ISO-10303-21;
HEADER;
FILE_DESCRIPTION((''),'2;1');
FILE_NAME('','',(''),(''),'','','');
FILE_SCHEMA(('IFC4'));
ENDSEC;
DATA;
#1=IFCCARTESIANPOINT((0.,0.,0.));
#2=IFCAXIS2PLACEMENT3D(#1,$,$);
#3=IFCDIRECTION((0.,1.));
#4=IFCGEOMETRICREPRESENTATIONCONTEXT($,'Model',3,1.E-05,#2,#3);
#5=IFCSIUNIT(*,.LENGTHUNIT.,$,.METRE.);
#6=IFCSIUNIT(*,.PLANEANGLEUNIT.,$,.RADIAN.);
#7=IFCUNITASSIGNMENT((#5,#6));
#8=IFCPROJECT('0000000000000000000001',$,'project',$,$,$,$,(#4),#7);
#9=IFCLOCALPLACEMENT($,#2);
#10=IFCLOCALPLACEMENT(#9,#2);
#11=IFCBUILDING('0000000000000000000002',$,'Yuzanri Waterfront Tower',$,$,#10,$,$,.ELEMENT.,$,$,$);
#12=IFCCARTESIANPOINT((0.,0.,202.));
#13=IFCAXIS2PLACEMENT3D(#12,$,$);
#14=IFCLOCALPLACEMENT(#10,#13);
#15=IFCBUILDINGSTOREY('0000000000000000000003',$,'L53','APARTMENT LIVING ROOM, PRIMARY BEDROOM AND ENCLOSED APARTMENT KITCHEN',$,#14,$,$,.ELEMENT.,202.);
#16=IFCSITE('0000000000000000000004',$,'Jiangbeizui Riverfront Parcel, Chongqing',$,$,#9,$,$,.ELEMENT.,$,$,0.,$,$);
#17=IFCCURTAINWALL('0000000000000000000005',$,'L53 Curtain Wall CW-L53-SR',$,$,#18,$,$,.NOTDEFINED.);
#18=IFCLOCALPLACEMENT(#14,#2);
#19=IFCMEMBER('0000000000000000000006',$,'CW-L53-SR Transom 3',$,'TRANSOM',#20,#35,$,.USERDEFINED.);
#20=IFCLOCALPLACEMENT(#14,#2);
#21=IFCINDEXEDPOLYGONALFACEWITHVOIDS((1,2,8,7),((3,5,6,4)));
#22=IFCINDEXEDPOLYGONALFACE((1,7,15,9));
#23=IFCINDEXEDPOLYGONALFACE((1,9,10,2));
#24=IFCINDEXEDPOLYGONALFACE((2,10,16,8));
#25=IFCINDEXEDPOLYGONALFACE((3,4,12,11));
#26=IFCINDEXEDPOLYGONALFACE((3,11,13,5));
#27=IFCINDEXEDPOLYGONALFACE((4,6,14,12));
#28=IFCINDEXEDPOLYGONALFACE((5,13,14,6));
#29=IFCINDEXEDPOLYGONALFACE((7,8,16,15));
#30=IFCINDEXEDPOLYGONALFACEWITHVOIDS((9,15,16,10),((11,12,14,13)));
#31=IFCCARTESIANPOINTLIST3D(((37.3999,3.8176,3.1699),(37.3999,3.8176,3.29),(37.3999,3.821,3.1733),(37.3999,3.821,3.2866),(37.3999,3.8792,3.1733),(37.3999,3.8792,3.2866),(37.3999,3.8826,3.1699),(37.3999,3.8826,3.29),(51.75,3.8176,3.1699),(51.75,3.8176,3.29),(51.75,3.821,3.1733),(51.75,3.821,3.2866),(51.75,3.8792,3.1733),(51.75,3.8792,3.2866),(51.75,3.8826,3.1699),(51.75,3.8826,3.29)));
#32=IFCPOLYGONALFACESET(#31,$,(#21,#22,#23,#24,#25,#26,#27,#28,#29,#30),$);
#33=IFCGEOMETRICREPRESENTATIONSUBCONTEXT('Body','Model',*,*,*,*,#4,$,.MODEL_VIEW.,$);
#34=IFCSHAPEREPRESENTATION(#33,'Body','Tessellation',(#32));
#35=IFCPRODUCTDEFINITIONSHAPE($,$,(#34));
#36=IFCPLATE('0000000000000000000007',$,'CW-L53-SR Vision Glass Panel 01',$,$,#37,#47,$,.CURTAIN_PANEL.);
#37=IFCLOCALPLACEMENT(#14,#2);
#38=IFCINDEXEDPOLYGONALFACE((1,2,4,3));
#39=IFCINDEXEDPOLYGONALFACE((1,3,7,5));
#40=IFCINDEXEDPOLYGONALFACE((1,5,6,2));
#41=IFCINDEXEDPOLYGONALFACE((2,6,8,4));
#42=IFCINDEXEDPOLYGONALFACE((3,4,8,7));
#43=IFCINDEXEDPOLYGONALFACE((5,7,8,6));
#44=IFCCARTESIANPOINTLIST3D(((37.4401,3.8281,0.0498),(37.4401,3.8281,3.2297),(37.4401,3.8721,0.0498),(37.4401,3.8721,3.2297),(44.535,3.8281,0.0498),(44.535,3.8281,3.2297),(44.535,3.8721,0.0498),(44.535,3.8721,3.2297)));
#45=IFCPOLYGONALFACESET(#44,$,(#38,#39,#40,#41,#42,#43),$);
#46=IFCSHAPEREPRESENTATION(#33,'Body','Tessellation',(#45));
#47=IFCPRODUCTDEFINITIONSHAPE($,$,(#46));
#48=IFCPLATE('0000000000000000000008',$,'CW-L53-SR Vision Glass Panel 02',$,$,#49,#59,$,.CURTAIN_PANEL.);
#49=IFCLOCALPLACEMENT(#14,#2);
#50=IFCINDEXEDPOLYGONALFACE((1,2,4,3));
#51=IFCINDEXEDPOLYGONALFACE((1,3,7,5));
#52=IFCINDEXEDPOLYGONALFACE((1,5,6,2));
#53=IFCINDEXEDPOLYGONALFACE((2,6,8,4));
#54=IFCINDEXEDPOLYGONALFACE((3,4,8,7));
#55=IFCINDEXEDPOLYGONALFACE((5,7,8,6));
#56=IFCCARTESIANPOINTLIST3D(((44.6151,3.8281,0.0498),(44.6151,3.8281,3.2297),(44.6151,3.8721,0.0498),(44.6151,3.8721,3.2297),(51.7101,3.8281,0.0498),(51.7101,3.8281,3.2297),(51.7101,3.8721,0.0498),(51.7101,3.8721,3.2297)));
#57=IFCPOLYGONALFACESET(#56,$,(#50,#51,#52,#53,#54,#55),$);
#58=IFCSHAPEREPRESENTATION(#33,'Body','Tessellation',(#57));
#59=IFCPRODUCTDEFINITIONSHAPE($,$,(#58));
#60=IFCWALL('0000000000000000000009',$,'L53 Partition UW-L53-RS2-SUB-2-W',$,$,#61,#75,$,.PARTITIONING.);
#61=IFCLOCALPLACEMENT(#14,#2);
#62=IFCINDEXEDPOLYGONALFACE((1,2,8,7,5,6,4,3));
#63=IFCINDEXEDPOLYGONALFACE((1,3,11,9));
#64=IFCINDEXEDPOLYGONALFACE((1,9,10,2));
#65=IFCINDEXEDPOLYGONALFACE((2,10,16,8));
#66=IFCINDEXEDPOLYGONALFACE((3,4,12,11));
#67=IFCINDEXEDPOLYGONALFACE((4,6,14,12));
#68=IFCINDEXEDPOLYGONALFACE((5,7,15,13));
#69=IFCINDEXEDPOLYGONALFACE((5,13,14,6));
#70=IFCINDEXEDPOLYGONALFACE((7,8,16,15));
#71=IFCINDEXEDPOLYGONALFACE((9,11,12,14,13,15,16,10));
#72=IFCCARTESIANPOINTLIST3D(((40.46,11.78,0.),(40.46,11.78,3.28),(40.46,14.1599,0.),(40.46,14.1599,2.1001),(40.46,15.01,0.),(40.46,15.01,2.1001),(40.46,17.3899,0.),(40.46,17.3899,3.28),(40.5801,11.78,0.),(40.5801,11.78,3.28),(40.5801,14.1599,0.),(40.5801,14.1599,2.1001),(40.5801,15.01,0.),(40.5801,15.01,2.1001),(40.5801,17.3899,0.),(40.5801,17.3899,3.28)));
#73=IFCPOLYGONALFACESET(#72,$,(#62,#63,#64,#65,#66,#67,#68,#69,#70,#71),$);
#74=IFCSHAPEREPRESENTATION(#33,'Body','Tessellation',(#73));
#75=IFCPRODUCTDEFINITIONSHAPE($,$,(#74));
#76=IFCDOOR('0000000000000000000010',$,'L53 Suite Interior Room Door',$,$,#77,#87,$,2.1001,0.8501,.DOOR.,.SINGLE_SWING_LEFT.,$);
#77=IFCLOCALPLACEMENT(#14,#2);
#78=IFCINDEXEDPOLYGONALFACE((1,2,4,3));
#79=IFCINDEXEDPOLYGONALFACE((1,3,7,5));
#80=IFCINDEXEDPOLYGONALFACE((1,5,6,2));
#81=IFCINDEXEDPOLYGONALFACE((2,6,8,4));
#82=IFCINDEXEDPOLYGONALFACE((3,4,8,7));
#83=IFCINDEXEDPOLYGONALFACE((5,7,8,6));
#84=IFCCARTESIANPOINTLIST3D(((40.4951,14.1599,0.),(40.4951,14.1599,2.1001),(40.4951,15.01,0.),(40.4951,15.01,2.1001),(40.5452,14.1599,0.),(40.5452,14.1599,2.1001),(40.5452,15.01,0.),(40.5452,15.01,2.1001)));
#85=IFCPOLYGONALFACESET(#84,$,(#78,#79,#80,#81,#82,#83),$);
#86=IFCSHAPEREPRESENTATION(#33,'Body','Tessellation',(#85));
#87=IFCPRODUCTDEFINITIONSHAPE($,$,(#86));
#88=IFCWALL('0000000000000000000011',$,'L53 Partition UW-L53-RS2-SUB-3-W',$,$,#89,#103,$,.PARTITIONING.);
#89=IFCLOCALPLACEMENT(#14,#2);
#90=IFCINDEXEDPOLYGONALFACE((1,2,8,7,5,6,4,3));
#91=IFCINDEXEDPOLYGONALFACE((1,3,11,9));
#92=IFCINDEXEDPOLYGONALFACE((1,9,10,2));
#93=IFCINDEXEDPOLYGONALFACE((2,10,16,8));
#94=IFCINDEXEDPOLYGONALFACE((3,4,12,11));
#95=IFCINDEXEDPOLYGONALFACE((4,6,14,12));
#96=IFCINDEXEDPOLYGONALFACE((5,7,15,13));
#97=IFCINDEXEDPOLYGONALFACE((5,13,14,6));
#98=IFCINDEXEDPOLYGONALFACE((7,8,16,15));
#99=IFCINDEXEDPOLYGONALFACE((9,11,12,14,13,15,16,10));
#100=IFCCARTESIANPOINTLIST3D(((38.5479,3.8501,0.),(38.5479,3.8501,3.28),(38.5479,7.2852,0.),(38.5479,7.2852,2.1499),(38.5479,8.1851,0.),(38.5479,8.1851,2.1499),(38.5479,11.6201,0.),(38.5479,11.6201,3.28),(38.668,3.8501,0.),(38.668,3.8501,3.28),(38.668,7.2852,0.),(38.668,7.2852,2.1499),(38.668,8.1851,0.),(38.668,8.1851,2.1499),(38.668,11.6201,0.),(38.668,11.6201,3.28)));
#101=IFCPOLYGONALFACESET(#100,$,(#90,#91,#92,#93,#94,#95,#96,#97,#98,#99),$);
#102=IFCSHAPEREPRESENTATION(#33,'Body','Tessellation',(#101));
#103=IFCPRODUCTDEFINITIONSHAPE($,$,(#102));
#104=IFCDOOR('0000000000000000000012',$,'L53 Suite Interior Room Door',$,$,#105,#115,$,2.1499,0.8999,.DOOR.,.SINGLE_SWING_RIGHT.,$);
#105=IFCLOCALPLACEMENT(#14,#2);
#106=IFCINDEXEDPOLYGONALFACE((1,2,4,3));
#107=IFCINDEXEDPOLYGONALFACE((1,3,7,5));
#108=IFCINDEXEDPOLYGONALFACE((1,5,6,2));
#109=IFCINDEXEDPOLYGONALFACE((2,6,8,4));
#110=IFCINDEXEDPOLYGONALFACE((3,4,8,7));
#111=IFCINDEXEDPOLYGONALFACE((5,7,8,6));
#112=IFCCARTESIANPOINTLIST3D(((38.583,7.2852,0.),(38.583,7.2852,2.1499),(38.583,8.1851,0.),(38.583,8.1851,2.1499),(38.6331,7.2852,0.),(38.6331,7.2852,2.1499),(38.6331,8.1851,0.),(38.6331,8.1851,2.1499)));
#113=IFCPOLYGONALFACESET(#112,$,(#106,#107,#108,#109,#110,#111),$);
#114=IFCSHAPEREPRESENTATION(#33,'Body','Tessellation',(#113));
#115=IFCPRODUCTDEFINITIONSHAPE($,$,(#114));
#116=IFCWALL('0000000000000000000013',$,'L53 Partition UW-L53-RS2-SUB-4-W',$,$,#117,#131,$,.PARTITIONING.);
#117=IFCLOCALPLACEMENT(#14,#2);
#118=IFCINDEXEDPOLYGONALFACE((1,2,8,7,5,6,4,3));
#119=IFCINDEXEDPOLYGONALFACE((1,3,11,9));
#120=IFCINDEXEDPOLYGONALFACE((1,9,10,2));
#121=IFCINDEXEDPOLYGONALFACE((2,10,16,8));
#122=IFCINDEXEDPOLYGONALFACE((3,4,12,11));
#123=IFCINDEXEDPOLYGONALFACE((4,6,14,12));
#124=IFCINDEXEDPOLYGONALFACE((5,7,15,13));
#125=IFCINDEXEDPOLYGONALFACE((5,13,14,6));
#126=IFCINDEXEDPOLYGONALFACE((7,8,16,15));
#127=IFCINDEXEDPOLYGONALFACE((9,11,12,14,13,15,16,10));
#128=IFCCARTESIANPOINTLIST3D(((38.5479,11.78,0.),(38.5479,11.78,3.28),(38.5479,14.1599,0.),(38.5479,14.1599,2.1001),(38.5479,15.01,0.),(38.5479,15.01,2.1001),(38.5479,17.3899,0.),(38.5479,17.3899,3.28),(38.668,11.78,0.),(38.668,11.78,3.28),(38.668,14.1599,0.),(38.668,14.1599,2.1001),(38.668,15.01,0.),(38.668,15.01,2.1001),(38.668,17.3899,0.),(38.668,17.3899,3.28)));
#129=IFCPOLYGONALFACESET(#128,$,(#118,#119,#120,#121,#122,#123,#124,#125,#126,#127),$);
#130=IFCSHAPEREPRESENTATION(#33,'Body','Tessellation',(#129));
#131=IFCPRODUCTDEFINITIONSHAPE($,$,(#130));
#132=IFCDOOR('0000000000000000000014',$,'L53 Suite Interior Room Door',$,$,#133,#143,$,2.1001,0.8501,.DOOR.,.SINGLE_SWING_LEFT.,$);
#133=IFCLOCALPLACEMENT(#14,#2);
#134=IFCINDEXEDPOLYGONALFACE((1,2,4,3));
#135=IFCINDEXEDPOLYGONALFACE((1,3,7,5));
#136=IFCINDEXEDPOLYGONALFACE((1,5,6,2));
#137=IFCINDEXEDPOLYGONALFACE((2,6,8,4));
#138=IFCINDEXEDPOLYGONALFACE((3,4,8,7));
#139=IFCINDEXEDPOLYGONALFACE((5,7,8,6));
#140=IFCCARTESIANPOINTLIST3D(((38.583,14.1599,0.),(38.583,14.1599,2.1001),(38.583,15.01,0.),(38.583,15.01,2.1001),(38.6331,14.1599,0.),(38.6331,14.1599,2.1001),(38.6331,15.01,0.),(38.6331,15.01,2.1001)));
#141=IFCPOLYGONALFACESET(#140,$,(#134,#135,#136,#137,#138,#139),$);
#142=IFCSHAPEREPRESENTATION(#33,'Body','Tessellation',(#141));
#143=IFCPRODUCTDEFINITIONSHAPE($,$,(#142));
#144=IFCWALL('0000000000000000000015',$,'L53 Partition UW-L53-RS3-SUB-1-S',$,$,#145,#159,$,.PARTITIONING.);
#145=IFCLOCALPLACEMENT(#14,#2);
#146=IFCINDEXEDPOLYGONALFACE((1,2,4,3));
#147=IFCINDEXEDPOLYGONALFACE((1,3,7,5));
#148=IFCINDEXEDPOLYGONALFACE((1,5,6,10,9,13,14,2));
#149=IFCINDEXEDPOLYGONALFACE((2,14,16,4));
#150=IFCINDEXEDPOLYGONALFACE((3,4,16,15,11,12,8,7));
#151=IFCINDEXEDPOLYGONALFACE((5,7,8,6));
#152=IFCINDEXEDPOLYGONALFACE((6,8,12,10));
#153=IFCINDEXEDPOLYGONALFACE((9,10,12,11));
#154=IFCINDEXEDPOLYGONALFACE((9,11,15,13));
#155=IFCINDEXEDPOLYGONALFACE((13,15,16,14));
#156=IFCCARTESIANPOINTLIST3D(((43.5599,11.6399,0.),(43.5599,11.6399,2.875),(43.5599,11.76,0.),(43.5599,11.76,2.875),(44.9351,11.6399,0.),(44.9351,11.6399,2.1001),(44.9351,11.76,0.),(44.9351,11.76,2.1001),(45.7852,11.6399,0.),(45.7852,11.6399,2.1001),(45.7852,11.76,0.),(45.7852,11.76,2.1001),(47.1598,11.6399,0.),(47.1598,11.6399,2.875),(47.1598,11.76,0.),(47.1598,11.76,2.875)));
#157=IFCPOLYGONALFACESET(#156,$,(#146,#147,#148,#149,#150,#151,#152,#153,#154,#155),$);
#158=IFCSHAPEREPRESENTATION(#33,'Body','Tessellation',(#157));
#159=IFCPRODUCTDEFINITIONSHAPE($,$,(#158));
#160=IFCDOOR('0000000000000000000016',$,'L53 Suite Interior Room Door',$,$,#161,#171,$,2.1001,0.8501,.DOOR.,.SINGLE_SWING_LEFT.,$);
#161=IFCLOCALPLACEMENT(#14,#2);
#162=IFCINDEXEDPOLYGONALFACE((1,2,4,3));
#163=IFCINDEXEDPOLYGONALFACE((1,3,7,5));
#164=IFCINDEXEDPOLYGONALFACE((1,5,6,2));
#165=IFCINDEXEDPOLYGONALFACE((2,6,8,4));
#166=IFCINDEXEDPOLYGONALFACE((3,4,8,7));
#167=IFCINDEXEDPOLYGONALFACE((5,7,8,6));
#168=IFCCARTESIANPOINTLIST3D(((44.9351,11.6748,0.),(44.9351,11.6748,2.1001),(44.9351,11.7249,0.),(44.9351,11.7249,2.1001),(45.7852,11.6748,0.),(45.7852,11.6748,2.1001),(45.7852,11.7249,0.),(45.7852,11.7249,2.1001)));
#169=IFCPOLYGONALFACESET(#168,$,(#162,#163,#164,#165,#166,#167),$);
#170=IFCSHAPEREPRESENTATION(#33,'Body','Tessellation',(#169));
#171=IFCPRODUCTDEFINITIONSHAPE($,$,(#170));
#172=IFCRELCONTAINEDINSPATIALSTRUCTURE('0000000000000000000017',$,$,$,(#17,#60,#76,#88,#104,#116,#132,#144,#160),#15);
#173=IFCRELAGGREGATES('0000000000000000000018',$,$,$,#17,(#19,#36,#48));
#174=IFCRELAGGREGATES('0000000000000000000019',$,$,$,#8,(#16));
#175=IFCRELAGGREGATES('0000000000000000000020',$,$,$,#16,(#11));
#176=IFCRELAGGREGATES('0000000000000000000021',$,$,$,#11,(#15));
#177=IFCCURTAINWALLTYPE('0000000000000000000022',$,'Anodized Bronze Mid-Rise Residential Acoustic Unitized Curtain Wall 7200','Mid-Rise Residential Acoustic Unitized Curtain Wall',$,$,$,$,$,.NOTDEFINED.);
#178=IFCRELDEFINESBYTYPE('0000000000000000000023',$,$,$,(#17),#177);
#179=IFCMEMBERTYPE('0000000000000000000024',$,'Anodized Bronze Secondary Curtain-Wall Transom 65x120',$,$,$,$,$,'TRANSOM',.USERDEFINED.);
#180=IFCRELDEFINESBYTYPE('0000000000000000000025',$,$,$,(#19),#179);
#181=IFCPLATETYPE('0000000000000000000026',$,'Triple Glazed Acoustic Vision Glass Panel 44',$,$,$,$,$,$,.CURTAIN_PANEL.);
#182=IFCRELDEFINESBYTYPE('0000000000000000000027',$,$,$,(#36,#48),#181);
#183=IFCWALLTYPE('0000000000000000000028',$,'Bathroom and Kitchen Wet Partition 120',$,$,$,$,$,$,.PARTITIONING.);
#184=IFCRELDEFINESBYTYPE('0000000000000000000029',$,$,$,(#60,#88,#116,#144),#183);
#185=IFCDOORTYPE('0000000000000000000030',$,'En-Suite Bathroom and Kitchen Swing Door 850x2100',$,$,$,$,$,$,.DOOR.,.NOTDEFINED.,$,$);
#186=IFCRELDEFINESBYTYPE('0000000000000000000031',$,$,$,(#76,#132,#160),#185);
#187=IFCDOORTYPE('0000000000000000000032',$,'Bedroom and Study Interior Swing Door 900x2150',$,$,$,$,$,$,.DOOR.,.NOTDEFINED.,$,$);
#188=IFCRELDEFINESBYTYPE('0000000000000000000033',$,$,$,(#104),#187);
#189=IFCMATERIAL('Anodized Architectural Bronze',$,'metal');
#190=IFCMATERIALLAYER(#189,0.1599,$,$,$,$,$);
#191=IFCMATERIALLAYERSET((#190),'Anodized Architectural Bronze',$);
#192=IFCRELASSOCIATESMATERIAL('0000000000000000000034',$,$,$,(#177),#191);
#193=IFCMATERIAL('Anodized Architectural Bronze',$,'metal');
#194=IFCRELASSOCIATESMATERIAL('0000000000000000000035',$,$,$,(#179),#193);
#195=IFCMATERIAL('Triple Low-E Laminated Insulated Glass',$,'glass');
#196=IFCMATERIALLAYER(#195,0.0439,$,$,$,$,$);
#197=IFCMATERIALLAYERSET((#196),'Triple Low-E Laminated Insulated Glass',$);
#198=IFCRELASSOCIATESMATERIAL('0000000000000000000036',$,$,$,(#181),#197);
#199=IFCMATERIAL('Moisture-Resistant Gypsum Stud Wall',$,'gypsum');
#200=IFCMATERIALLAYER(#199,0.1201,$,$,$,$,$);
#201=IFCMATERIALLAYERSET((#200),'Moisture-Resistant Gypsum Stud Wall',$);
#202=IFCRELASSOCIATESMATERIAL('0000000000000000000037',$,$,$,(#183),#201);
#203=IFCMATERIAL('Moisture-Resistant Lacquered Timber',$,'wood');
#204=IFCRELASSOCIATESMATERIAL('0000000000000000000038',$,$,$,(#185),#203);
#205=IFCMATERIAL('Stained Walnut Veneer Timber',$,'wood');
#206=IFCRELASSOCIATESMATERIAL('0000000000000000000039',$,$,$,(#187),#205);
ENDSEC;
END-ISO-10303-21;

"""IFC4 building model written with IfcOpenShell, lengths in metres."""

from ifc_helpers import new_model, si_unit, direction, frame, frame_2d, origin, origin_2d, place, context, subcontext, project, spatial, rectangle, hollow_rectangle, extrude, source, transform, mapped, material, layer, layer_set, material_profile, profile_set, type_object, element, fill, aggregate, save


model = new_model("IFC4")

# Units and contexts
model_context = context("Model", 3, precision=1e-05, world=origin(), true_north=direction((0.0, 1.0)))
body_context = subcontext(model_context, "Body", "Model", "MODEL_VIEW")
ifc_project = project(units=[si_unit("LENGTHUNIT", "METRE"), si_unit("PLANEANGLEUNIT", "RADIAN")], contexts=[model_context])

# Site, building, storey
site_placement = place(None, origin())
site = spatial("IfcSite", under=ifc_project, at=site_placement, Name="Jiangbeizui Riverfront Parcel, Chongqing", CompositionType="ELEMENT", RefElevation=0.0)
building_placement = place(site_placement, origin())
building = spatial("IfcBuilding", under=site, at=building_placement, Name="Yuzanri Waterfront Tower", CompositionType="ELEMENT")
storey_placement = place(building_placement, frame((0.0, 0.0, 202.0)))
storey = spatial("IfcBuildingStorey", under=building, at=storey_placement, Name="L53", Description="APARTMENT LIVING ROOM, PRIMARY BEDROOM AND ENCLOSED APARTMENT KITCHEN", CompositionType="ELEMENT", Elevation=202.0)

# Curtain wall, member, plates
ifc_material_1 = material(Name="Anodized Architectural Bronze", Category="metal")
ifc_layer_1 = layer(ifc_material_1, 0.1599)
ifc_layer_set_1 = layer_set([ifc_layer_1], Name="Anodized Architectural Bronze")
curtain_wall_type = type_object("IfcCurtainWallType", Name="Anodized Bronze Mid-Rise Residential Acoustic Unitized Curtain Wall 7200", Description="Mid-Rise Residential Acoustic Unitized Curtain Wall", PredefinedType="NOTDEFINED", material=ifc_layer_set_1)
curtain_wall_placement = place(storey_placement, origin())
curtain_wall = element("IfcCurtainWall", 1, at=curtain_wall_placement, inside=storey, type_object=curtain_wall_type, Name="L53 Curtain Wall CW-L53-SR", PredefinedType="NOTDEFINED")
ifc_material_2 = material(Name="Anodized Architectural Bronze", Category="metal")
ifc_material_profile_1 = material_profile(ifc_material_2, hollow_rectangle(XDim=0.0649, YDim=0.1201, WallThickness=0.0034, at=origin_2d()), Name="CWT 65x120")
ifc_profile_set_1 = profile_set([ifc_material_profile_1], Name="Anodized Architectural Bronze")
member_type_1 = type_object("IfcMemberType", Name="Anodized Bronze Secondary Curtain-Wall Transom 65x120", ElementType="TRANSOM", PredefinedType="USERDEFINED", material=ifc_profile_set_1)
shared_shape_1 = source(origin(), body_context, "Body", "SweptSolid", [
    extrude(hollow_rectangle(XDim=0.0649, YDim=0.1201, WallThickness=0.0034, at=origin_2d()), origin(), (0.0, 0.0, 1.0), 14.3501),
])
member_1_placement = place(storey_placement, frame((37.3999, 3.8501, 3.23), z_axis=(1.0, 0.0, 0.0), x_axis=(0.0, 1.0, 0.0)))
member_1 = element("IfcMember", 2, at=member_1_placement, type_object=member_type_1, Name="CW-L53-SR Transom 3", ObjectType="TRANSOM", PredefinedType="USERDEFINED", context=body_context, shape_type="MappedRepresentation", body=[
    mapped(shared_shape_1, transform((0.0, 0.0, 0.0), scale=1.0)),
])
ifc_material_3 = material(Name="Triple Low-E Laminated Insulated Glass", Category="glass")
ifc_layer_2 = layer(ifc_material_3, 0.0439)
ifc_layer_set_2 = layer_set([ifc_layer_2], Name="Triple Low-E Laminated Insulated Glass")
plate_type = type_object("IfcPlateType", Name="Triple Glazed Acoustic Vision Glass Panel 44", PredefinedType="CURTAIN_PANEL", material=ifc_layer_set_2)
shared_shape_2 = source(origin(), body_context, "Body", "SweptSolid", [
    extrude(rectangle(XDim=7.095, YDim=0.0439, at=origin_2d()), origin(), (0.0, 0.0, 1.0), 3.1799),
])
plate_1_placement = place(storey_placement, frame((40.9875, 3.8501, 0.0498), z_axis=(0.0, 0.0, 1.0), x_axis=(1.0, 0.0, 0.0)))
plate_1 = element("IfcPlate", 3, at=plate_1_placement, type_object=plate_type, Name="CW-L53-SR Vision Glass Panel 01", PredefinedType="CURTAIN_PANEL", context=body_context, shape_type="MappedRepresentation", body=[
    mapped(shared_shape_2, transform((0.0, 0.0, 0.0), scale=1.0)),
])
plate_2_placement = place(storey_placement, frame((48.1626, 3.8501, 0.0498), z_axis=(0.0, 0.0, 1.0), x_axis=(1.0, 0.0, 0.0)))
plate_2 = element("IfcPlate", 4, at=plate_2_placement, type_object=plate_type, Name="CW-L53-SR Vision Glass Panel 02", PredefinedType="CURTAIN_PANEL", context=body_context, shape_type="MappedRepresentation", body=[
    mapped(shared_shape_2, transform((0.0, 0.0, 0.0), scale=1.0)),
])
aggregate(curtain_wall, [member_1, plate_1, plate_2])

# Walls, openings, doors
ifc_material_4 = material(Name="Moisture-Resistant Gypsum Stud Wall", Category="gypsum")
ifc_layer_3 = layer(ifc_material_4, 0.1201)
ifc_layer_set_3 = layer_set([ifc_layer_3], Name="Moisture-Resistant Gypsum Stud Wall")
wall_type_1 = type_object("IfcWallType", Name="Bathroom and Kitchen Wet Partition 120", PredefinedType="PARTITIONING", material=ifc_layer_set_3)
wall_1_placement = place(storey_placement, frame((40.52, 11.78, 0.0), z_axis=(0.0, 0.0, 1.0), x_axis=(0.0, 1.0, 0.0)))
wall_1 = element("IfcWall", 5, at=wall_1_placement, inside=storey, type_object=wall_type_1, Name="L53 Partition UW-L53-RS2-SUB-2-W", PredefinedType="PARTITIONING", context=body_context, shape_type="SweptSolid", body=[
    extrude(rectangle(XDim=5.6099, YDim=0.1201, at=frame_2d((2.8049, 0.0))), origin(), (0.0, 0.0, 1.0), 3.28),
])
opening_1_placement = place(wall_1_placement, frame((2.3799, 0.0, 0.0)))
opening_1 = element("IfcOpeningElement", 6, at=opening_1_placement, cuts=wall_1, PredefinedType="OPENING", context=body_context, shape_type="SweptSolid", body=[
    extrude(rectangle(XDim=0.8501, YDim=2.1001, at=frame_2d((0.425, 1.05))), frame((0.0, 0.075, 0.0), z_axis=(0.0, -1.0, 0.0), x_axis=(1.0, 0.0, 0.0)), (0.0, 0.0, 1.0), 0.1499),
])
ifc_material_5 = material(Name="Moisture-Resistant Lacquered Timber", Category="wood")
door_type_1 = type_object("IfcDoorType", Name="En-Suite Bathroom and Kitchen Swing Door 850x2100", OperationType="NOTDEFINED", PredefinedType="DOOR", material=ifc_material_5)
shared_shape_3 = source(origin(), body_context, "Body", "SweptSolid", [
    extrude(rectangle(XDim=0.8501, YDim=2.1001, at=frame_2d((0.425, 1.05))), frame((0.0, 0.0249, 0.0), z_axis=(0.0, -1.0, 0.0), x_axis=(1.0, 0.0, 0.0)), (0.0, 0.0, 1.0), 0.05),
])
door_1_placement = place(opening_1_placement, origin())
door_1 = element("IfcDoor", 7, at=door_1_placement, inside=storey, type_object=door_type_1, Name="L53 Suite Interior Room Door", OperationType="SINGLE_SWING_LEFT", OverallHeight=2.1001, OverallWidth=0.8501, PredefinedType="DOOR", context=body_context, shape_type="MappedRepresentation", body=[
    mapped(shared_shape_3, transform((0.0, 0.0, 0.0), scale=1.0)),
])
fill(opening_1, door_1)
wall_2_placement = place(storey_placement, frame((38.6079, 3.8501, 0.0), z_axis=(0.0, 0.0, 1.0), x_axis=(0.0, 1.0, 0.0)))
wall_2 = element("IfcWall", 8, at=wall_2_placement, inside=storey, type_object=wall_type_1, Name="L53 Partition UW-L53-RS2-SUB-3-W", PredefinedType="PARTITIONING", context=body_context, shape_type="SweptSolid", body=[
    extrude(rectangle(XDim=7.77, YDim=0.1201, at=frame_2d((3.885, 0.0))), origin(), (0.0, 0.0, 1.0), 3.28),
])
opening_2_placement = place(wall_2_placement, frame((3.4351, 0.0, 0.0)))
opening_2 = element("IfcOpeningElement", 9, at=opening_2_placement, cuts=wall_2, PredefinedType="OPENING", context=body_context, shape_type="SweptSolid", body=[
    extrude(rectangle(XDim=0.8999, YDim=2.1499, at=frame_2d((0.45, 1.075))), frame((0.0, 0.075, 0.0), z_axis=(0.0, -1.0, 0.0), x_axis=(1.0, 0.0, 0.0)), (0.0, 0.0, 1.0), 0.1499),
])
ifc_material_6 = material(Name="Stained Walnut Veneer Timber", Category="wood")
door_type_2 = type_object("IfcDoorType", Name="Bedroom and Study Interior Swing Door 900x2150", OperationType="NOTDEFINED", PredefinedType="DOOR", material=ifc_material_6)
shared_shape_4 = source(origin(), body_context, "Body", "SweptSolid", [
    extrude(rectangle(XDim=0.8999, YDim=2.1499, at=frame_2d((0.45, 1.075))), frame((0.0, 0.0249, 0.0), z_axis=(0.0, -1.0, 0.0), x_axis=(1.0, 0.0, 0.0)), (0.0, 0.0, 1.0), 0.05),
])
door_2_placement = place(opening_2_placement, origin())
door_2 = element("IfcDoor", 10, at=door_2_placement, inside=storey, type_object=door_type_2, Name="L53 Suite Interior Room Door", OperationType="SINGLE_SWING_RIGHT", OverallHeight=2.1499, OverallWidth=0.8999, PredefinedType="DOOR", context=body_context, shape_type="MappedRepresentation", body=[
    mapped(shared_shape_4, transform((0.0, 0.0, 0.0), scale=1.0)),
])
fill(opening_2, door_2)
wall_3_placement = place(storey_placement, frame((38.6079, 11.78, 0.0), z_axis=(0.0, 0.0, 1.0), x_axis=(0.0, 1.0, 0.0)))
wall_3 = element("IfcWall", 11, at=wall_3_placement, inside=storey, type_object=wall_type_1, Name="L53 Partition UW-L53-RS2-SUB-4-W", PredefinedType="PARTITIONING", context=body_context, shape_type="SweptSolid", body=[
    extrude(rectangle(XDim=5.6099, YDim=0.1201, at=frame_2d((2.8049, 0.0))), origin(), (0.0, 0.0, 1.0), 3.28),
])
opening_3_placement = place(wall_3_placement, frame((2.3799, 0.0, 0.0)))
opening_3 = element("IfcOpeningElement", 12, at=opening_3_placement, cuts=wall_3, PredefinedType="OPENING", context=body_context, shape_type="SweptSolid", body=[
    extrude(rectangle(XDim=0.8501, YDim=2.1001, at=frame_2d((0.425, 1.05))), frame((0.0, 0.075, 0.0), z_axis=(0.0, -1.0, 0.0), x_axis=(1.0, 0.0, 0.0)), (0.0, 0.0, 1.0), 0.1499),
])
door_3_placement = place(opening_3_placement, origin())
door_3 = element("IfcDoor", 13, at=door_3_placement, inside=storey, type_object=door_type_1, Name="L53 Suite Interior Room Door", OperationType="SINGLE_SWING_LEFT", OverallHeight=2.1001, OverallWidth=0.8501, PredefinedType="DOOR", context=body_context, shape_type="MappedRepresentation", body=[
    mapped(shared_shape_3, transform((0.0, 0.0, 0.0), scale=1.0)),
])
fill(opening_3, door_3)
wall_4_placement = place(storey_placement, frame((43.5601, 11.7, 0.0), z_axis=(0.0, 0.0, 1.0), x_axis=(1.0, 0.0, 0.0)))
wall_4 = element("IfcWall", 14, at=wall_4_placement, inside=storey, type_object=wall_type_1, Name="L53 Partition UW-L53-RS3-SUB-1-S", PredefinedType="PARTITIONING", context=body_context, shape_type="SweptSolid", body=[
    extrude(rectangle(XDim=3.5999, YDim=0.1201, at=frame_2d((1.7998, 0.0))), origin(), (0.0, 0.0, 1.0), 2.875),
])
opening_4_placement = place(wall_4_placement, frame((1.375, 0.0, 0.0)))
opening_4 = element("IfcOpeningElement", 15, at=opening_4_placement, cuts=wall_4, PredefinedType="OPENING", context=body_context, shape_type="SweptSolid", body=[
    extrude(rectangle(XDim=0.8501, YDim=2.1001, at=frame_2d((0.425, 1.05))), frame((0.0, 0.075, 0.0), z_axis=(0.0, -1.0, 0.0), x_axis=(1.0, 0.0, 0.0)), (0.0, 0.0, 1.0), 0.1499),
])
door_4_placement = place(opening_4_placement, origin())
door_4 = element("IfcDoor", 16, at=door_4_placement, inside=storey, type_object=door_type_1, Name="L53 Suite Interior Room Door", OperationType="SINGLE_SWING_LEFT", OverallHeight=2.1001, OverallWidth=0.8501, PredefinedType="DOOR", context=body_context, shape_type="MappedRepresentation", body=[
    mapped(shared_shape_3, transform((0.0, 0.0, 0.0), scale=1.0)),
])
fill(opening_4, door_4)

save(model, "model.ifc")
